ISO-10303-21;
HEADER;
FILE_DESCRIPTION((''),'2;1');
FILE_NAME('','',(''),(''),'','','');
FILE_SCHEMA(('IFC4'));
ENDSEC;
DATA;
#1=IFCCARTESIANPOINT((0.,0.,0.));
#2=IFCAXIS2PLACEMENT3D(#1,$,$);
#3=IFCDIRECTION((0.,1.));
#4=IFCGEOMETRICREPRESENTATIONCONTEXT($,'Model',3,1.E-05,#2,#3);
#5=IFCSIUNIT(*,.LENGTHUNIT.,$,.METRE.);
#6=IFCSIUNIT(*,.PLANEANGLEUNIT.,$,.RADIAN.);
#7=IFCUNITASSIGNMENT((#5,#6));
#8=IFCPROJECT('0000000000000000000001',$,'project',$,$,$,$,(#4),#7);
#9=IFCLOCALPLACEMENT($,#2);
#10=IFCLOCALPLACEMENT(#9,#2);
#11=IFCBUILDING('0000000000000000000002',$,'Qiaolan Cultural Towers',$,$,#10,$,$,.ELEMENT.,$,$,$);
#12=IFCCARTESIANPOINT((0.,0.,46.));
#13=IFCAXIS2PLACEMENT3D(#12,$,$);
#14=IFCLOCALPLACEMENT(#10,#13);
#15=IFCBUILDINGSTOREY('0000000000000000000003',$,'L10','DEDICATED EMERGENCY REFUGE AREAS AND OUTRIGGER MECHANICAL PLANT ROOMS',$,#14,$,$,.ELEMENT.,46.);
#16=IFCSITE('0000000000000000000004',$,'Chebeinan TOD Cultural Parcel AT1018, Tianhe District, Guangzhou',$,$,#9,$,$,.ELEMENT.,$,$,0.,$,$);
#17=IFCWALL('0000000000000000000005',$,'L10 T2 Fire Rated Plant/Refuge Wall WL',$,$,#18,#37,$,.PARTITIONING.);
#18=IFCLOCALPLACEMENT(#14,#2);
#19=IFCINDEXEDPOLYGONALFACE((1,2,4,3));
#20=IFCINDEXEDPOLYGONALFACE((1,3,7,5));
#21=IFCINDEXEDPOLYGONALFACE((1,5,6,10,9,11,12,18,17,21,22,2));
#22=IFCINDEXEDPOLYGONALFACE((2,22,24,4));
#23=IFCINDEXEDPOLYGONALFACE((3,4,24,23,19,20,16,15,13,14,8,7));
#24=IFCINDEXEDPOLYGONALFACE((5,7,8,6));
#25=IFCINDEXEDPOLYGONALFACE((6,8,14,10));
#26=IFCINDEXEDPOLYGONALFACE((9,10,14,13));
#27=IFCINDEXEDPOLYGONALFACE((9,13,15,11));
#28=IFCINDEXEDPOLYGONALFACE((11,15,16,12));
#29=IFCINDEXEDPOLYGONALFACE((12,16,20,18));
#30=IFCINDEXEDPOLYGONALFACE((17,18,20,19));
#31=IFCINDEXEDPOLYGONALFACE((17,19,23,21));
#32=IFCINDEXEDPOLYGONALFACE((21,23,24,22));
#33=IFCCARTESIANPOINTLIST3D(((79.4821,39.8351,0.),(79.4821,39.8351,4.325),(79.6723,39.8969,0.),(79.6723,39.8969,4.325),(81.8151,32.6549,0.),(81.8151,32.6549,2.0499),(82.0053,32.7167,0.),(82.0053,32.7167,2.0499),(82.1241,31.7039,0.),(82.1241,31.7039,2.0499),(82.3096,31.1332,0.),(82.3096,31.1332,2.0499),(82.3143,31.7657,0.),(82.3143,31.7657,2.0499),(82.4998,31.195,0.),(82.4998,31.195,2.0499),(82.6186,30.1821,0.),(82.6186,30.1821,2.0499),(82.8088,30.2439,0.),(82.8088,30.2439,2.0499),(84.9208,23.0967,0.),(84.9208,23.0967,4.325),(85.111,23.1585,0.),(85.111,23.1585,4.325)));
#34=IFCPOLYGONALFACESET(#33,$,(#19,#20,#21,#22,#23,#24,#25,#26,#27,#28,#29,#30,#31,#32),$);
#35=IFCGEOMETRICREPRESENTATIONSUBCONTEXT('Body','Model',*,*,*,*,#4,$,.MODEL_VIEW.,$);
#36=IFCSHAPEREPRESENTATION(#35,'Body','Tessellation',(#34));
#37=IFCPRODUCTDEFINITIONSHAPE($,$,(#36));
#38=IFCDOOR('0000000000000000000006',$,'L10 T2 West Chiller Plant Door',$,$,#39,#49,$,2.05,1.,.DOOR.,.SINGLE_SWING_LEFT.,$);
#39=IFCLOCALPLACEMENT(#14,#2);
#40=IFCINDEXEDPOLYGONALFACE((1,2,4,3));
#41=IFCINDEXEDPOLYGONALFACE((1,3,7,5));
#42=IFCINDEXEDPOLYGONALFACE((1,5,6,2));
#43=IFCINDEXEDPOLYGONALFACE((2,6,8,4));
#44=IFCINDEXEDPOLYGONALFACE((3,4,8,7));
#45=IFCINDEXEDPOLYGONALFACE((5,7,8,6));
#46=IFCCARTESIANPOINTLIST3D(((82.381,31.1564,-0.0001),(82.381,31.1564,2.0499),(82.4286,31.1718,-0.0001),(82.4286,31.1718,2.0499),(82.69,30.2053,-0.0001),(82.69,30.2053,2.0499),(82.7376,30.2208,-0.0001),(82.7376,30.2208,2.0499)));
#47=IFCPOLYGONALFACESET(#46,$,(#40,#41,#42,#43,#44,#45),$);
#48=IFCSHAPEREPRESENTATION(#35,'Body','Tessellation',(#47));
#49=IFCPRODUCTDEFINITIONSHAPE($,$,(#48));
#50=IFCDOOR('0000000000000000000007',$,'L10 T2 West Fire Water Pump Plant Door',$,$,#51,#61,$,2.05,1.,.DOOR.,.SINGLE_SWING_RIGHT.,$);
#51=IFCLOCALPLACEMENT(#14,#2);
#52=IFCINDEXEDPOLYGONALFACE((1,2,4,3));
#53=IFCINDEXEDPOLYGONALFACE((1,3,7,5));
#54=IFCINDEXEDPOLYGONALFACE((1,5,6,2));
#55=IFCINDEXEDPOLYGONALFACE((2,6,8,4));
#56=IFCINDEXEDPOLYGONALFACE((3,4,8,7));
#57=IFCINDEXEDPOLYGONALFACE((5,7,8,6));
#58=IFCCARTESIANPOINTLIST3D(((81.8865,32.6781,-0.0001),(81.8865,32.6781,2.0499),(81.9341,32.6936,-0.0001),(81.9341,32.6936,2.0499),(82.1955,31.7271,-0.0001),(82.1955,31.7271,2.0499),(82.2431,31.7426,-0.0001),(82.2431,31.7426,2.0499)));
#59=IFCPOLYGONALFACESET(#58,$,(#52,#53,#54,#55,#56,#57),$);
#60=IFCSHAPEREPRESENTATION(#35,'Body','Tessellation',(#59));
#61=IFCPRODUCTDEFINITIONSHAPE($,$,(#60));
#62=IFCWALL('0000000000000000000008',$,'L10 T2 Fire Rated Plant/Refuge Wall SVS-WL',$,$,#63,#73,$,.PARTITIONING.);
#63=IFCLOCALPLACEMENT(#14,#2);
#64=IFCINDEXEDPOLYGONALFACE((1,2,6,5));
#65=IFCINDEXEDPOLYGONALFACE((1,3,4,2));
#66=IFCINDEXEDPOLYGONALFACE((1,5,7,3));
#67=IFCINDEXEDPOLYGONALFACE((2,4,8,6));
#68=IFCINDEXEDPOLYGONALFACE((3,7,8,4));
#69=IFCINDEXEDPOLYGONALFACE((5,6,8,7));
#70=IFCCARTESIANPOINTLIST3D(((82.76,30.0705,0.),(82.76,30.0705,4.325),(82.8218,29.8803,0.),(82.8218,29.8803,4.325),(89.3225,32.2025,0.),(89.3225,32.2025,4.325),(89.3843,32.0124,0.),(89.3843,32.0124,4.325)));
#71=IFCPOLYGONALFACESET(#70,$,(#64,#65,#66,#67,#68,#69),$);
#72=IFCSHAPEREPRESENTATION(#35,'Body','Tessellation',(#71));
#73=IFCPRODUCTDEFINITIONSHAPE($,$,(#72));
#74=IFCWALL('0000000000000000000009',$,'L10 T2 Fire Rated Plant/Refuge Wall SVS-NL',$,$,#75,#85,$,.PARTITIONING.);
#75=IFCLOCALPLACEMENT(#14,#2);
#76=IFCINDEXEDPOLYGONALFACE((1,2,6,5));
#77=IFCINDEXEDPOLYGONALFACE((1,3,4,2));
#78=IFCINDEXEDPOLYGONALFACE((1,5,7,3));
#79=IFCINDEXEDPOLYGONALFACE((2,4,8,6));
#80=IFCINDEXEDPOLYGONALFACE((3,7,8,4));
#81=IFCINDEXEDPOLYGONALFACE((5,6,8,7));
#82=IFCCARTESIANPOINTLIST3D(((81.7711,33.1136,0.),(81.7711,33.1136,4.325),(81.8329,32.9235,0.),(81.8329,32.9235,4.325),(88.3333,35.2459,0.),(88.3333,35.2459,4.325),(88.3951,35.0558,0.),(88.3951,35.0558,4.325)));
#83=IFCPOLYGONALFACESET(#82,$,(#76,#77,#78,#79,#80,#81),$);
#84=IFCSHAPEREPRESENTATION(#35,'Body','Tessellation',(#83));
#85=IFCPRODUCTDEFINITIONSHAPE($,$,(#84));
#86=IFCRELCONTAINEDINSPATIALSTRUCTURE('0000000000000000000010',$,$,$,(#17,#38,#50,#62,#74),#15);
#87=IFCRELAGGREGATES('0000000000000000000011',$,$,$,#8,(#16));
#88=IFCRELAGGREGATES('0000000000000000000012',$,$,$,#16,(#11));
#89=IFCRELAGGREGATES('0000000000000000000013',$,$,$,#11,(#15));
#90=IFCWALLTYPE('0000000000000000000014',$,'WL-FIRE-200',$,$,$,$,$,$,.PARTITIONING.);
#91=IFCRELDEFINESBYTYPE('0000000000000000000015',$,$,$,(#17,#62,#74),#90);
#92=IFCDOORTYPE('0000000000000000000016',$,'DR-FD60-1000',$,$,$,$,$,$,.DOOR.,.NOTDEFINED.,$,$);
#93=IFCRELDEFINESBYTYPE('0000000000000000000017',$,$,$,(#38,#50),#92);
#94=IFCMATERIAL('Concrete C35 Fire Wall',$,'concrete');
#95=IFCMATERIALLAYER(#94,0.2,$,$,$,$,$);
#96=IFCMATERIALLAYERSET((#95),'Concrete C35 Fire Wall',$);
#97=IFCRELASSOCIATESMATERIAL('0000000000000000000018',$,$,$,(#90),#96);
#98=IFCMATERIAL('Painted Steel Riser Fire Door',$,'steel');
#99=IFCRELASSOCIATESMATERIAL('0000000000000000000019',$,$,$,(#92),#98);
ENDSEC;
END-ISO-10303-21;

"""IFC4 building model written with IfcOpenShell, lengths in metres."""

from ifc_helpers import new_model, si_unit, direction, frame, frame_2d, origin, place, context, subcontext, project, spatial, rectangle, extrude, material, layer, layer_set, type_object, element, fill, save


model = new_model("IFC4")

# Units and contexts
model_context = context("Model", 3, precision=1e-05, world=origin(), true_north=direction((0.0, 1.0)))
body_context = subcontext(model_context, "Body", "Model", "MODEL_VIEW")
ifc_project = project(units=[si_unit("LENGTHUNIT", "METRE"), si_unit("PLANEANGLEUNIT", "RADIAN")], contexts=[model_context])

# Site, building, storey
site_placement = place(None, origin())
site = spatial("IfcSite", under=ifc_project, at=site_placement, Name="Chebeinan TOD Cultural Parcel AT1018, Tianhe District, Guangzhou", CompositionType="ELEMENT", RefElevation=0.0)
building_placement = place(site_placement, origin())
building = spatial("IfcBuilding", under=site, at=building_placement, Name="Qiaolan Cultural Towers", CompositionType="ELEMENT")
storey_placement = place(building_placement, frame((0.0, 0.0, 46.0)))
storey = spatial("IfcBuildingStorey", under=building, at=storey_placement, Name="L10", Description="DEDICATED EMERGENCY REFUGE AREAS AND OUTRIGGER MECHANICAL PLANT ROOMS", CompositionType="ELEMENT", Elevation=46.0)

# Wall, openings, doors
ifc_material_1 = material(Name="Concrete C35 Fire Wall", Category="concrete")
ifc_layer_1 = layer(ifc_material_1, 0.2)
ifc_layer_set_1 = layer_set([ifc_layer_1], Name="Concrete C35 Fire Wall")
wall_type_1 = type_object("IfcWallType", Name="WL-FIRE-200", PredefinedType="PARTITIONING", material=ifc_layer_set_1)
wall_1_placement = place(storey_placement, frame((85.0159, 23.1277, 0.0), z_axis=(0.0, 0.0, 1.0), x_axis=(-0.309019, 0.951056, 0.0)))
wall_1 = element("IfcWall", 1, at=wall_1_placement, inside=storey, type_object=wall_type_1, Name="L10 T2 Fire Rated Plant/Refuge Wall WL", PredefinedType="PARTITIONING", context=body_context, shape_type="SweptSolid", body=[
    extrude(rectangle(XDim=17.5999, YDim=0.2, at=frame_2d((8.7998, 0.0))), origin(), (0.0, 0.0, 1.0), 4.325),
])
opening_1_placement = place(wall_1_placement, frame((7.45, 0.0, 0.0)))
opening_1 = element("IfcOpeningElement", 2, at=opening_1_placement, cuts=wall_1, PredefinedType="OPENING", context=body_context, shape_type="SweptSolid", body=[
    extrude(rectangle(XDim=1.0, YDim=2.05, at=frame_2d((0.5, 1.0249))), frame((0.0, 0.1099, 0.0), z_axis=(0.0, -1.0, 0.0), x_axis=(1.0, 0.0, 0.0)), (0.0, 0.0, 1.0), 0.22),
])
opening_2_placement = place(wall_1_placement, frame((9.05, 0.0, 0.0)))
opening_2 = element("IfcOpeningElement", 3, at=opening_2_placement, cuts=wall_1, PredefinedType="OPENING", context=body_context, shape_type="SweptSolid", body=[
    extrude(rectangle(XDim=1.0, YDim=2.05, at=frame_2d((0.5, 1.0249))), frame((0.0, 0.1099, 0.0), z_axis=(0.0, -1.0, 0.0), x_axis=(1.0, 0.0, 0.0)), (0.0, 0.0, 1.0), 0.22),
])
ifc_material_2 = material(Name="Painted Steel Riser Fire Door", Category="steel")
door_type = type_object("IfcDoorType", Name="DR-FD60-1000", OperationType="NOTDEFINED", PredefinedType="DOOR", material=ifc_material_2)
door_1_placement = place(opening_1_placement, origin())
door_1 = element("IfcDoor", 4, at=door_1_placement, inside=storey, type_object=door_type, Name="L10 T2 West Chiller Plant Door", OperationType="SINGLE_SWING_LEFT", OverallHeight=2.05, OverallWidth=1.0, PredefinedType="DOOR", context=body_context, shape_type="SweptSolid", body=[
    extrude(rectangle(XDim=1.0, YDim=2.05, at=frame_2d((0.5, 1.0249))), frame((0.0, 0.0249, 0.0), z_axis=(0.0, -1.0, 0.0), x_axis=(1.0, 0.0, 0.0)), (0.0, 0.0, 1.0), 0.05),
])
fill(opening_1, door_1)
door_2_placement = place(opening_2_placement, origin())
door_2 = element("IfcDoor", 5, at=door_2_placement, inside=storey, type_object=door_type, Name="L10 T2 West Fire Water Pump Plant Door", OperationType="SINGLE_SWING_RIGHT", OverallHeight=2.05, OverallWidth=1.0, PredefinedType="DOOR", context=body_context, shape_type="SweptSolid", body=[
    extrude(rectangle(XDim=1.0, YDim=2.05, at=frame_2d((0.5, 1.0249))), frame((0.0, 0.0249, 0.0), z_axis=(0.0, -1.0, 0.0), x_axis=(1.0, 0.0, 0.0)), (0.0, 0.0, 1.0), 0.05),
])
fill(opening_2, door_2)

# Walls
wall_2_placement = place(storey_placement, frame((82.7908, 29.9753, 0.0), z_axis=(0.0, 0.0, 1.0), x_axis=(0.951065, 0.30899, 0.0)))
element("IfcWall", 6, at=wall_2_placement, inside=storey, type_object=wall_type_1, Name="L10 T2 Fire Rated Plant/Refuge Wall SVS-WL", PredefinedType="PARTITIONING", context=body_context, shape_type="SweptSolid", body=[
    extrude(rectangle(XDim=6.9001, YDim=0.2, at=frame_2d((3.4502, 0.0))), origin(), (0.0, 0.0, 1.0), 4.325),
])
wall_3_placement = place(storey_placement, frame((81.802, 33.0186, 0.0), z_axis=(0.0, 0.0, 1.0), x_axis=(0.951051, 0.309032, 0.0)))
element("IfcWall", 7, at=wall_3_placement, inside=storey, type_object=wall_type_1, Name="L10 T2 Fire Rated Plant/Refuge Wall SVS-NL", PredefinedType="PARTITIONING", context=body_context, shape_type="SweptSolid", body=[
    extrude(rectangle(XDim=6.8999, YDim=0.2, at=frame_2d((3.45, 0.0))), origin(), (0.0, 0.0, 1.0), 4.325),
])

save(model, "model.ifc")
